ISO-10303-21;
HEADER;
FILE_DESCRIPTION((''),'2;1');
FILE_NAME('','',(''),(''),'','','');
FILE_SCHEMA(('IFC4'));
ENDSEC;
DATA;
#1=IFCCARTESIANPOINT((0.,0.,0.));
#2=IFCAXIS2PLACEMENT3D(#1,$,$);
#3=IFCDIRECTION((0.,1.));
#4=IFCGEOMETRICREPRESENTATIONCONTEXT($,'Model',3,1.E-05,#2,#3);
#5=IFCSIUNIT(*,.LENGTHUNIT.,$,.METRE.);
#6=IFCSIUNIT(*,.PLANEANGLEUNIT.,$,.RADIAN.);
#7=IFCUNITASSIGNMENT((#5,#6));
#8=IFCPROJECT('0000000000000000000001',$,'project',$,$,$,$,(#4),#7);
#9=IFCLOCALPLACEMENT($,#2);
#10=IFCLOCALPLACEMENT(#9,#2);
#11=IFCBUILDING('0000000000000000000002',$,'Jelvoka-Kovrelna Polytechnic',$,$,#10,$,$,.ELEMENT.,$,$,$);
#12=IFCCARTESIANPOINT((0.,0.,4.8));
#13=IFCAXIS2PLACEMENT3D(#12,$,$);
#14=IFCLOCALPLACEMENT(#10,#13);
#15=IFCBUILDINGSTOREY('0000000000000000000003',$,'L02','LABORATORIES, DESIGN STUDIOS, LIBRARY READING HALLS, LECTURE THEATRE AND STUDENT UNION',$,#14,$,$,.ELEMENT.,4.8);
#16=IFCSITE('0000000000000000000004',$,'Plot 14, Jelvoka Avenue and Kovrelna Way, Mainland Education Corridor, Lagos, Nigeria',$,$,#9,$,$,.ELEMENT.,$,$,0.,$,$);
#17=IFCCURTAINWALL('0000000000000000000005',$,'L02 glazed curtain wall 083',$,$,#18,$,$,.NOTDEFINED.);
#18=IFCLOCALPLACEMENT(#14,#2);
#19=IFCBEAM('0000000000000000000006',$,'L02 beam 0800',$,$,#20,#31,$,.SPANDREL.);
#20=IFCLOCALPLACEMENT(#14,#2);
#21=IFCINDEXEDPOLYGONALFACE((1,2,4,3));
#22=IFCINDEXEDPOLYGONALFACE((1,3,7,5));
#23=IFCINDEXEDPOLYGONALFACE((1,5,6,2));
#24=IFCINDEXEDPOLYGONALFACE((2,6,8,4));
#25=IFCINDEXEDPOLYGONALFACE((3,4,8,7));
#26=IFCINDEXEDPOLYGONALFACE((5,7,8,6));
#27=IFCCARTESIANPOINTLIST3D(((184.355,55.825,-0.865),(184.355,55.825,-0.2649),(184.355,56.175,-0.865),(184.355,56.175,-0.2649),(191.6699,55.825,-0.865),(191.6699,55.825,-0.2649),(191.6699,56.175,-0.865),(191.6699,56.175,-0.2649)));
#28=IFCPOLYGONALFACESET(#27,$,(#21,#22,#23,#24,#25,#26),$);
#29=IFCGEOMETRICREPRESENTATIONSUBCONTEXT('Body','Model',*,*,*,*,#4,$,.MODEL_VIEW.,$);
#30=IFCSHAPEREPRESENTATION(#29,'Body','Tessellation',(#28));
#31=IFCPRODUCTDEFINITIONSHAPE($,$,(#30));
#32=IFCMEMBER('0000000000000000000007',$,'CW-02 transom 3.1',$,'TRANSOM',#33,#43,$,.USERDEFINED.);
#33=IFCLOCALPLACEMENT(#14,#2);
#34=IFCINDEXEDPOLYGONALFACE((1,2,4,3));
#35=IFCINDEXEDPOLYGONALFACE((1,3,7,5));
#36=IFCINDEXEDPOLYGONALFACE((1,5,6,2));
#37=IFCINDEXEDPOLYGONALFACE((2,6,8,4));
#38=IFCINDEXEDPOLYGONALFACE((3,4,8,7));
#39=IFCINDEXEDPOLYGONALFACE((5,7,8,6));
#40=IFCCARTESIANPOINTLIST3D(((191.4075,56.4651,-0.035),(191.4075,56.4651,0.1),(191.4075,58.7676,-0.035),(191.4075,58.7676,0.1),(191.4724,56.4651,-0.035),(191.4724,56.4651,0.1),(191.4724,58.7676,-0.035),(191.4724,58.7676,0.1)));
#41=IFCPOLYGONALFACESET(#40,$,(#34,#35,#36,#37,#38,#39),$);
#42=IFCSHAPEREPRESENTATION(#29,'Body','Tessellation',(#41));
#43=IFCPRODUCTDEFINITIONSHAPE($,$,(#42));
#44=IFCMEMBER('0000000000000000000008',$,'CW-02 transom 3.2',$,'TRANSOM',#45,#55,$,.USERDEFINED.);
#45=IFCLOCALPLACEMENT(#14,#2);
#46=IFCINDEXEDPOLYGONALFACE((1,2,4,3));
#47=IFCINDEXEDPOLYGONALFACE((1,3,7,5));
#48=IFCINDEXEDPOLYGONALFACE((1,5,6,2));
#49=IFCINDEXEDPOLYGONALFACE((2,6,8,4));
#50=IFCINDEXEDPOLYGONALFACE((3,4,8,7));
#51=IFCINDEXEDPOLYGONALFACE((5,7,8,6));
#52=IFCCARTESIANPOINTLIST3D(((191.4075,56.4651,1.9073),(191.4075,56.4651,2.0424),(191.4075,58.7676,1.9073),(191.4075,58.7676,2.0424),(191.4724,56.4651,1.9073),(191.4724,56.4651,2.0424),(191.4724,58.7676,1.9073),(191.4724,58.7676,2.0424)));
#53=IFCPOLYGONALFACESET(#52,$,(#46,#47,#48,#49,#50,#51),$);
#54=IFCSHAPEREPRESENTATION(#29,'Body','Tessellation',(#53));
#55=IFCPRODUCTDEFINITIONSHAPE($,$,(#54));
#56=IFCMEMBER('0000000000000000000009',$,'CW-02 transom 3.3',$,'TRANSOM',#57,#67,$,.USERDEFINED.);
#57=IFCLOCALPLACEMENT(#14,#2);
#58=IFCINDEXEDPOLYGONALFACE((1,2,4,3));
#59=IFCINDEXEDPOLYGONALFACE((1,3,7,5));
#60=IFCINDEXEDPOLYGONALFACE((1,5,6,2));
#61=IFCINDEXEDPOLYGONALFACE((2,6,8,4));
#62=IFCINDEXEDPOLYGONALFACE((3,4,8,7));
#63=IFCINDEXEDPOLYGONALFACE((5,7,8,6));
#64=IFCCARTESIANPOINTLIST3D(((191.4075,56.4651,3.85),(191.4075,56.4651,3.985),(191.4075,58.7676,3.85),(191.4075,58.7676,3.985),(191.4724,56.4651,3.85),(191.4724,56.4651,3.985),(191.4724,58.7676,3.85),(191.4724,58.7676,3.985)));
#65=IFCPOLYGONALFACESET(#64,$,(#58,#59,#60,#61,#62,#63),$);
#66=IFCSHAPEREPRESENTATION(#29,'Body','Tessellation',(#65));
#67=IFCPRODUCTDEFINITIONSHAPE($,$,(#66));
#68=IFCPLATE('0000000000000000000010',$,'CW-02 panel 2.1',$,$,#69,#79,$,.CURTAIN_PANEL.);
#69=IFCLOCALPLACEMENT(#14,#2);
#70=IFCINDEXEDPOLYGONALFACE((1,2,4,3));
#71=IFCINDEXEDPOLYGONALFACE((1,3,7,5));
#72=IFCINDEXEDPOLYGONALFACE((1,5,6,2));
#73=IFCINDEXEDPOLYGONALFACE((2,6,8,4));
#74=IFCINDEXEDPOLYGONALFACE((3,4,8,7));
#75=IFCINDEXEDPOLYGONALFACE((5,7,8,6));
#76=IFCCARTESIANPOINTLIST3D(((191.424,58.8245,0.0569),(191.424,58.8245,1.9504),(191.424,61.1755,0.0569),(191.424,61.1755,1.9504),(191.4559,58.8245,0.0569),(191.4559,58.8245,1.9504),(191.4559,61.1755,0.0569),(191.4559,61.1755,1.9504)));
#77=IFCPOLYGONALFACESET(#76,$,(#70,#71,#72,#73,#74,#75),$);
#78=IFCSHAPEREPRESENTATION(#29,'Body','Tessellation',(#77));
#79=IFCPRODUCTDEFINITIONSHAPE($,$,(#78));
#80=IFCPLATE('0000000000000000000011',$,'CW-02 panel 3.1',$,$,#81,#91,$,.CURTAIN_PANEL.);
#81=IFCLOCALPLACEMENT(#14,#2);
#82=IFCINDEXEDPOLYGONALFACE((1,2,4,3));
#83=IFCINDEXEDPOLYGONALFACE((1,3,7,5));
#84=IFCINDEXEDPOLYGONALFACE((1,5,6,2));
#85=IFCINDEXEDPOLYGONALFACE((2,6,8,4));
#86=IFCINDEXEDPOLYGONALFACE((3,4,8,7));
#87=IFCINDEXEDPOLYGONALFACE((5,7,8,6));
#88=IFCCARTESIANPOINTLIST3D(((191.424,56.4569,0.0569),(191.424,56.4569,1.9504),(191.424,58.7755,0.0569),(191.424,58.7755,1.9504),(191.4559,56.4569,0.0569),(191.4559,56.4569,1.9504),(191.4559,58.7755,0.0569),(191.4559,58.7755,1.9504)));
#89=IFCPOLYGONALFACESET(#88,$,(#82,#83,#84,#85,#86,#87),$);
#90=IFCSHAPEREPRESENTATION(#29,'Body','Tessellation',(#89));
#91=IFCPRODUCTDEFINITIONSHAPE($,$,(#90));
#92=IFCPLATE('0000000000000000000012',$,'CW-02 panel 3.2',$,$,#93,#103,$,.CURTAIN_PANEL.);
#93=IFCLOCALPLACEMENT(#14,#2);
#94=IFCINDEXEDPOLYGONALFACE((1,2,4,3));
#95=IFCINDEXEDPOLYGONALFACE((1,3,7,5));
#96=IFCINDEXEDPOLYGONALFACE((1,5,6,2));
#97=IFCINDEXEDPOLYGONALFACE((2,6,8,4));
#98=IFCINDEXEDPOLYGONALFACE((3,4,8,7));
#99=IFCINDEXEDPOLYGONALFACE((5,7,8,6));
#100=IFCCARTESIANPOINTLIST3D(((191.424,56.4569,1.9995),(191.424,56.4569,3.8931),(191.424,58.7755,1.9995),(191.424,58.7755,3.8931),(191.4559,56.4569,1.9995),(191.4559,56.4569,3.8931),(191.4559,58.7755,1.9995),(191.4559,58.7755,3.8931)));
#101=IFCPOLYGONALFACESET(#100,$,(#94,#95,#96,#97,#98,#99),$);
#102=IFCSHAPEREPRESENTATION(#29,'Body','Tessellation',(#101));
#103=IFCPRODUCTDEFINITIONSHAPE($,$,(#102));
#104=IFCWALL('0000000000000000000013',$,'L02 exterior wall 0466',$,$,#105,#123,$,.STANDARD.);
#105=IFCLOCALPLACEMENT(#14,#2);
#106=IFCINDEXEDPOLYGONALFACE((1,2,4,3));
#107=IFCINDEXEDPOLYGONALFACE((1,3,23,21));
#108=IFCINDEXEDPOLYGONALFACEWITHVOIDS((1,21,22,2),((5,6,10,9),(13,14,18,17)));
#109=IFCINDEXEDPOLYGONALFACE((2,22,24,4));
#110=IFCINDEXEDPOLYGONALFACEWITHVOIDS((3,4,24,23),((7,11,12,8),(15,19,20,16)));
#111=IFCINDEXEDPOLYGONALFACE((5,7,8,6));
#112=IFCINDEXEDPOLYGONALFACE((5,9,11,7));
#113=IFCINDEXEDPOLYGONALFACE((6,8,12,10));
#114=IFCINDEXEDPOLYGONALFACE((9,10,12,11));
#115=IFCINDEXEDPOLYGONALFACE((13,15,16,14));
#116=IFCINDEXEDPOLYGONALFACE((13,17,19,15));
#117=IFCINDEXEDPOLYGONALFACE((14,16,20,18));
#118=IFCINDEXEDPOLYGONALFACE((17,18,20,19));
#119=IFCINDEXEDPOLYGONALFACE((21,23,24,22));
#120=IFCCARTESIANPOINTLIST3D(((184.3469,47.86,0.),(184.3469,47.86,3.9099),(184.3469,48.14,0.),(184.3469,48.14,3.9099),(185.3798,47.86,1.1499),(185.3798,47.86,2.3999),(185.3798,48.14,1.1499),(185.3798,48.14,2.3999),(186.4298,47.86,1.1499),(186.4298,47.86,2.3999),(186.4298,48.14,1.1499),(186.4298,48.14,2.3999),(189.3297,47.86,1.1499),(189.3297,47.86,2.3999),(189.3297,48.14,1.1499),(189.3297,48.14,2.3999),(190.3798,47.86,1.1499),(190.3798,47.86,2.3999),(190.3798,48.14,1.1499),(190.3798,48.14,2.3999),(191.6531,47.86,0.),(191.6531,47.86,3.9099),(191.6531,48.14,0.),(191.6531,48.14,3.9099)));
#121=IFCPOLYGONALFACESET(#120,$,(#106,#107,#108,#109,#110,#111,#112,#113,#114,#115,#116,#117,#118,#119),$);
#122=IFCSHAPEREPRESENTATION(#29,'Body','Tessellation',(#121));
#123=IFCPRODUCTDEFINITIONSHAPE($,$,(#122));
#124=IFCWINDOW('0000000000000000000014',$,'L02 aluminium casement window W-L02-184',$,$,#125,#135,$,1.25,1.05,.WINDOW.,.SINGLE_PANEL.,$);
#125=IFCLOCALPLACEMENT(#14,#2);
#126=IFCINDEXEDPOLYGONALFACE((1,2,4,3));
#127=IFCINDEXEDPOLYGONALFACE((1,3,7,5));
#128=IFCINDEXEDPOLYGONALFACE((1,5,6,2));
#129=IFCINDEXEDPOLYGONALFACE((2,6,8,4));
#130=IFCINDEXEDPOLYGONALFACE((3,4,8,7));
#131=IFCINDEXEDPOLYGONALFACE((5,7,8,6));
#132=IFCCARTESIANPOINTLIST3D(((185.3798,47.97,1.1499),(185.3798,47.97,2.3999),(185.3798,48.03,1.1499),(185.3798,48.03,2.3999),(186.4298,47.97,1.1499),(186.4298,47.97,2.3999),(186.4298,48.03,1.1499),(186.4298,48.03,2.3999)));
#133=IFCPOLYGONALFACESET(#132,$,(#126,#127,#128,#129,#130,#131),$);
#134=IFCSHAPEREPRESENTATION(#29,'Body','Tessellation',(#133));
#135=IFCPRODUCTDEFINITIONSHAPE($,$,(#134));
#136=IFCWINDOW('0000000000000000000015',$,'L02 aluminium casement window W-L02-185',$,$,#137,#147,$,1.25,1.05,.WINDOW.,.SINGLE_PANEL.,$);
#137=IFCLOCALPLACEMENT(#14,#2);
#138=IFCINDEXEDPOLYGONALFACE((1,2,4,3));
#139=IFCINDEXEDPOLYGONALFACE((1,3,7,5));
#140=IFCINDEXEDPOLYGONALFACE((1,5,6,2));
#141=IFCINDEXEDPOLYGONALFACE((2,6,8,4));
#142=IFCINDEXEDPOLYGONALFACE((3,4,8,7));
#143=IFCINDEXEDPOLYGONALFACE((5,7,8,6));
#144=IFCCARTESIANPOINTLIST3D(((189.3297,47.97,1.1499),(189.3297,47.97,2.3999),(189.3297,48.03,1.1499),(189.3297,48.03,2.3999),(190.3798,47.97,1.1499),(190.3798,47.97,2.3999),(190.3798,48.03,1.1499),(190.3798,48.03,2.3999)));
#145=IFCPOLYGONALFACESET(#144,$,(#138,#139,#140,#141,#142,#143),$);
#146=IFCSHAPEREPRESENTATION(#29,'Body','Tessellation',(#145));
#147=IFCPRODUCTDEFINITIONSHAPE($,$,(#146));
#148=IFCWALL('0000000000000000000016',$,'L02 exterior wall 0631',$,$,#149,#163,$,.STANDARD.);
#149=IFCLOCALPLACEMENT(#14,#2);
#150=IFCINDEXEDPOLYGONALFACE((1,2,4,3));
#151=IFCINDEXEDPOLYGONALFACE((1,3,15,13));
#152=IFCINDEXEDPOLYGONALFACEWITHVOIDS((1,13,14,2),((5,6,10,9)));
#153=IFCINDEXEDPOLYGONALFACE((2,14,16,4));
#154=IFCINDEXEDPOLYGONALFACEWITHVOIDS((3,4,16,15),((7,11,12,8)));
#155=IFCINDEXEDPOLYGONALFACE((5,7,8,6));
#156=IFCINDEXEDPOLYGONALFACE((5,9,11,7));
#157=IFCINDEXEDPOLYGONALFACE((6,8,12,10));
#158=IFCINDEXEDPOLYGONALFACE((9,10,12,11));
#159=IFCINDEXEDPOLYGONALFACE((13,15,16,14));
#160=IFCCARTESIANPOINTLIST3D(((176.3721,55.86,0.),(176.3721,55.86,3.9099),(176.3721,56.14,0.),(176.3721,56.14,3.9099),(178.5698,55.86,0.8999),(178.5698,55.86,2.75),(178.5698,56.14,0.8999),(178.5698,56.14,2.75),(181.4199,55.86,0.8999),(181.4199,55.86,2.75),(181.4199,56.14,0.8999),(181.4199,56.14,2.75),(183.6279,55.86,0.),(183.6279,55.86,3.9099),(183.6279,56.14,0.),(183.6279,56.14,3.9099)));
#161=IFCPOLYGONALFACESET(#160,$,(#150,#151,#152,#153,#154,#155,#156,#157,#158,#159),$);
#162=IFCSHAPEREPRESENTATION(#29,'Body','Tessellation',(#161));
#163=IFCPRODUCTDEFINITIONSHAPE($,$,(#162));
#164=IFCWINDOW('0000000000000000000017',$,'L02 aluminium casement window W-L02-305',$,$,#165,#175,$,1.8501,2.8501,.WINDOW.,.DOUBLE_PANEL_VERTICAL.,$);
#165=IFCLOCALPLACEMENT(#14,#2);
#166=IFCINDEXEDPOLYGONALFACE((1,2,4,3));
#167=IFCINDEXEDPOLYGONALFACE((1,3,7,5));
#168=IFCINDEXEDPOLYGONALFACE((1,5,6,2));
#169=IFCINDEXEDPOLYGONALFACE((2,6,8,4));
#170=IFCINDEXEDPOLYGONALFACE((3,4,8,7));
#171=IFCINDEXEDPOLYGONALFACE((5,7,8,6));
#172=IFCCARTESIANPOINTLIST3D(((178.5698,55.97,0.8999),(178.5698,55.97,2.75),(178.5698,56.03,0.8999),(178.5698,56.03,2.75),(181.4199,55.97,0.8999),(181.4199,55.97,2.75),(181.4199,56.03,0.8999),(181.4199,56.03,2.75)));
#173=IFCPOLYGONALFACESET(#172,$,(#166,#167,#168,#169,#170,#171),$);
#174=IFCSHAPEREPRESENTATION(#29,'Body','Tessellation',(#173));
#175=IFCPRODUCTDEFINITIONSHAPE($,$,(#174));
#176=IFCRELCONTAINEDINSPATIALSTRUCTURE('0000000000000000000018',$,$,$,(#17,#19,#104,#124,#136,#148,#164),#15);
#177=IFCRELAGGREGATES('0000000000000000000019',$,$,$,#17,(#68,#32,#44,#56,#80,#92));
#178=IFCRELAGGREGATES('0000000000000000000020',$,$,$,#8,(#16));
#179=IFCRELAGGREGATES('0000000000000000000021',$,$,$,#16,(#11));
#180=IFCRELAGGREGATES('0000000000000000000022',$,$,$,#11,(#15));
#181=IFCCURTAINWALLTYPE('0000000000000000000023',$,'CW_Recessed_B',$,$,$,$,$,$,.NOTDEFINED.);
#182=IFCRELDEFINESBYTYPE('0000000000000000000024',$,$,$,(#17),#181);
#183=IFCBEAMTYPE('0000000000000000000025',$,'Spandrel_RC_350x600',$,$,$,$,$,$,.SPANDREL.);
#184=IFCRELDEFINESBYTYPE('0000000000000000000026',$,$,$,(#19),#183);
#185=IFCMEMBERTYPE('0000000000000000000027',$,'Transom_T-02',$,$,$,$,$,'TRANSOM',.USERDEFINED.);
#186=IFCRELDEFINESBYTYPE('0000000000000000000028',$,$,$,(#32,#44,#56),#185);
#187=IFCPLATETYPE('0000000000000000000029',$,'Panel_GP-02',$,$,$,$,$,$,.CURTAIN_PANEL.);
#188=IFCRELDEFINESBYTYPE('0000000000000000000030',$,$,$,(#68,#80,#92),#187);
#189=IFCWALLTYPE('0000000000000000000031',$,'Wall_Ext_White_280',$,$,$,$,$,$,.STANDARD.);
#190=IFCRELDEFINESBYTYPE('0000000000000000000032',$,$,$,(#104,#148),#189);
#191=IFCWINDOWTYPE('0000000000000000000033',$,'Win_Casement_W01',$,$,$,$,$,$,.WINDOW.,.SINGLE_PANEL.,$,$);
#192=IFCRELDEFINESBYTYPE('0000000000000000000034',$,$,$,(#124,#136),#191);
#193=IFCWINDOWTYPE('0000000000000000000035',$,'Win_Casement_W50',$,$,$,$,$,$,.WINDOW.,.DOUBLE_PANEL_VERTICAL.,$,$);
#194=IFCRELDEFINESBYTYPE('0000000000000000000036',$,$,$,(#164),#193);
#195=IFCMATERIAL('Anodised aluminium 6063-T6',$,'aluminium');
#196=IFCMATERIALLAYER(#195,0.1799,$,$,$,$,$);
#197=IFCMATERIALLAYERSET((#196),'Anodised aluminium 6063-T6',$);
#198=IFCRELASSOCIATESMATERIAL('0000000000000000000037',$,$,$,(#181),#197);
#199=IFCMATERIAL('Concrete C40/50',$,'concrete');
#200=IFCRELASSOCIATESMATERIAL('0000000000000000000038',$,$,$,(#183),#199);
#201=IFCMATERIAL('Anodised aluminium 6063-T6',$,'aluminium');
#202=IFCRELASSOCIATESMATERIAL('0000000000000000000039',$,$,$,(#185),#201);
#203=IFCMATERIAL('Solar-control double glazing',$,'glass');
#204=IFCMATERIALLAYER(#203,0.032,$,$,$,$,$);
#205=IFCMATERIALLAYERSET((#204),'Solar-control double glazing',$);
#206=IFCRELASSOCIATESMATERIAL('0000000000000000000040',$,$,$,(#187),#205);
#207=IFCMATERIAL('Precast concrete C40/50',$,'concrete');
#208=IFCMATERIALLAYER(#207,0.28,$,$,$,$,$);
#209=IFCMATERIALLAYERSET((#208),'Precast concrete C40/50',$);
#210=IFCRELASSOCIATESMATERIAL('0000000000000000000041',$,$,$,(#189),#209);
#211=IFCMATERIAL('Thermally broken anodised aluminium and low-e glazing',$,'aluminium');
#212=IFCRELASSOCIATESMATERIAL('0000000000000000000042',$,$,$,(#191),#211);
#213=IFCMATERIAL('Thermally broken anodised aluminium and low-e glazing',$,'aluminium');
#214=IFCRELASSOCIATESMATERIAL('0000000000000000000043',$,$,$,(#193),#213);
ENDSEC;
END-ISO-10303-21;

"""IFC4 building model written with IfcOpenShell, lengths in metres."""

from ifc_helpers import new_model, si_unit, direction, frame, frame_2d, origin, origin_2d, place, context, subcontext, project, spatial, rectangle, extrude, material, layer, layer_set, material_profile, profile_set, type_object, element, fill, aggregate, save


model = new_model("IFC4")

# Units and contexts
model_context = context("Model", 3, precision=1e-05, world=origin(), true_north=direction((0.0, 1.0)))
body_context = subcontext(model_context, "Body", "Model", "MODEL_VIEW")
ifc_project = project(units=[si_unit("LENGTHUNIT", "METRE"), si_unit("PLANEANGLEUNIT", "RADIAN")], contexts=[model_context])

# Site, building, storey
site_placement = place(None, origin())
site = spatial("IfcSite", under=ifc_project, at=site_placement, Name="Plot 14, Jelvoka Avenue and Kovrelna Way, Mainland Education Corridor, Lagos, Nigeria", CompositionType="ELEMENT", RefElevation=0.0)
building_placement = place(site_placement, origin())
building = spatial("IfcBuilding", under=site, at=building_placement, Name="Jelvoka-Kovrelna Polytechnic", CompositionType="ELEMENT")
storey_placement = place(building_placement, frame((0.0, 0.0, 4.8)))
storey = spatial("IfcBuildingStorey", under=building, at=storey_placement, Name="L02", Description="LABORATORIES, DESIGN STUDIOS, LIBRARY READING HALLS, LECTURE THEATRE AND STUDENT UNION", CompositionType="ELEMENT", Elevation=4.8)

# Curtain wall
ifc_material_1 = material(Name="Anodised aluminium 6063-T6", Category="aluminium")
ifc_layer_1 = layer(ifc_material_1, 0.1799)
ifc_layer_set_1 = layer_set([ifc_layer_1], Name="Anodised aluminium 6063-T6")
curtain_wall_type = type_object("IfcCurtainWallType", Name="CW_Recessed_B", PredefinedType="NOTDEFINED", material=ifc_layer_set_1)
curtain_wall_placement = place(storey_placement, origin())
curtain_wall = element("IfcCurtainWall", 1, at=curtain_wall_placement, inside=storey, type_object=curtain_wall_type, Name="L02 glazed curtain wall 083", PredefinedType="NOTDEFINED")

# Beam
ifc_material_2 = material(Name="Concrete C40/50", Category="concrete")
ifc_material_profile_1 = material_profile(ifc_material_2, rectangle(XDim=0.3501, YDim=0.6001, at=origin_2d()), Name="RC 350x600")
ifc_profile_set_1 = profile_set([ifc_material_profile_1], Name="Concrete C40/50")
beam_type_1 = type_object("IfcBeamType", Name="Spandrel_RC_350x600", PredefinedType="SPANDREL", material=ifc_profile_set_1)
for number, where, z_axis, x_axis, name in (
    (2, (184.355, 56.0, -0.5649), (1.0, 0.0, 0.0), (0.0, 1.0, 0.0), "L02 beam 0800"),
):
    element("IfcBeam", number, at=place(storey_placement, frame(where, z_axis=z_axis, x_axis=x_axis)), inside=storey, type_object=beam_type_1, Name=name, PredefinedType="SPANDREL", context=body_context, shape_type="SweptSolid", body=[
        extrude(rectangle(XDim=0.3501, YDim=0.6001, at=origin_2d()), origin(), (0.0, 0.0, 1.0), 7.3149),
    ])

# Members
ifc_material_3 = material(Name="Anodised aluminium 6063-T6", Category="aluminium")
ifc_material_profile_2 = material_profile(ifc_material_3, rectangle(XDim=0.0649, YDim=0.135, at=origin_2d()), Name="ALU 65x135")
ifc_profile_set_2 = profile_set([ifc_material_profile_2], Name="Anodised aluminium 6063-T6")
member_type_1 = type_object("IfcMemberType", Name="Transom_T-02", ElementType="TRANSOM", PredefinedType="USERDEFINED", material=ifc_profile_set_2)
member_1_placement = place(storey_placement, frame((191.4399, 58.7676, 0.0325), z_axis=(0.0, -1.0, 0.0), x_axis=(1.0, 0.0, 0.0)))
member_1 = element("IfcMember", 3, at=member_1_placement, type_object=member_type_1, Name="CW-02 transom 3.1", ObjectType="TRANSOM", PredefinedType="USERDEFINED", context=body_context, shape_type="SweptSolid", body=[
    extrude(rectangle(XDim=0.0649, YDim=0.135, at=origin_2d()), origin(), (0.0, 0.0, 1.0), 2.3025),
])
member_2_placement = place(storey_placement, frame((191.4399, 58.7676, 1.9749), z_axis=(0.0, -1.0, 0.0), x_axis=(1.0, 0.0, 0.0)))
member_2 = element("IfcMember", 4, at=member_2_placement, type_object=member_type_1, Name="CW-02 transom 3.2", ObjectType="TRANSOM", PredefinedType="USERDEFINED", context=body_context, shape_type="SweptSolid", body=[
    extrude(rectangle(XDim=0.0649, YDim=0.135, at=origin_2d()), origin(), (0.0, 0.0, 1.0), 2.3025),
])
member_3_placement = place(storey_placement, frame((191.4399, 58.7676, 3.9175), z_axis=(0.0, -1.0, 0.0), x_axis=(1.0, 0.0, 0.0)))
member_3 = element("IfcMember", 5, at=member_3_placement, type_object=member_type_1, Name="CW-02 transom 3.3", ObjectType="TRANSOM", PredefinedType="USERDEFINED", context=body_context, shape_type="SweptSolid", body=[
    extrude(rectangle(XDim=0.0649, YDim=0.135, at=origin_2d()), origin(), (0.0, 0.0, 1.0), 2.3025),
])

# Plates
ifc_material_4 = material(Name="Solar-control double glazing", Category="glass")
ifc_layer_2 = layer(ifc_material_4, 0.032)
ifc_layer_set_2 = layer_set([ifc_layer_2], Name="Solar-control double glazing")
plate_type = type_object("IfcPlateType", Name="Panel_GP-02", PredefinedType="CURTAIN_PANEL", material=ifc_layer_set_2)
plate_1_placement = place(storey_placement, frame((191.4399, 60.0, 0.0569), z_axis=(0.0, 0.0, 1.0), x_axis=(0.0, -1.0, 0.0)))
plate_1 = element("IfcPlate", 6, at=plate_1_placement, type_object=plate_type, Name="CW-02 panel 2.1", PredefinedType="CURTAIN_PANEL", context=body_context, shape_type="SweptSolid", body=[
    extrude(rectangle(XDim=2.3511, YDim=0.032, at=origin_2d()), origin(), (0.0, 0.0, 1.0), 1.8936),
])
plate_2_placement = place(storey_placement, frame((191.4399, 57.6162, 0.0569), z_axis=(0.0, 0.0, 1.0), x_axis=(0.0, -1.0, 0.0)))
plate_2 = element("IfcPlate", 7, at=plate_2_placement, type_object=plate_type, Name="CW-02 panel 3.1", PredefinedType="CURTAIN_PANEL", context=body_context, shape_type="SweptSolid", body=[
    extrude(rectangle(XDim=2.3186, YDim=0.032, at=origin_2d()), origin(), (0.0, 0.0, 1.0), 1.8936),
])
plate_3_placement = place(storey_placement, frame((191.4399, 57.6162, 1.9995), z_axis=(0.0, 0.0, 1.0), x_axis=(0.0, -1.0, 0.0)))
plate_3 = element("IfcPlate", 8, at=plate_3_placement, type_object=plate_type, Name="CW-02 panel 3.2", PredefinedType="CURTAIN_PANEL", context=body_context, shape_type="SweptSolid", body=[
    extrude(rectangle(XDim=2.3186, YDim=0.032, at=origin_2d()), origin(), (0.0, 0.0, 1.0), 1.8936),
])
aggregate(curtain_wall, [plate_1, member_1, member_2, member_3, plate_2, plate_3])

# Wall, openings, windows
ifc_material_5 = material(Name="Precast concrete C40/50", Category="concrete")
ifc_layer_3 = layer(ifc_material_5, 0.28)
ifc_layer_set_3 = layer_set([ifc_layer_3], Name="Precast concrete C40/50")
wall_type = type_object("IfcWallType", Name="Wall_Ext_White_280", PredefinedType="STANDARD", material=ifc_layer_set_3)
wall_1_placement = place(storey_placement, frame((184.3469, 48.0, 0.0), z_axis=(0.0, 0.0, 1.0), x_axis=(1.0, 0.0, 0.0)))
wall_1 = element("IfcWall", 9, at=wall_1_placement, inside=storey, type_object=wall_type, Name="L02 exterior wall 0466", PredefinedType="STANDARD", context=body_context, shape_type="SweptSolid", body=[
    extrude(rectangle(XDim=7.3062, YDim=0.28, at=frame_2d((3.6531, 0.0))), origin(), (0.0, 0.0, 1.0), 3.9099),
])
opening_1_placement = place(wall_1_placement, frame((1.033, 0.0, 1.1499)))
opening_1 = element("IfcOpeningElement", 10, at=opening_1_placement, cuts=wall_1, PredefinedType="OPENING", context=body_context, shape_type="SweptSolid", body=[
    extrude(rectangle(XDim=1.05, YDim=1.25, at=frame_2d((0.5249, 0.625))), frame((0.0, 0.1501, 0.0), z_axis=(0.0, -1.0, 0.0), x_axis=(1.0, 0.0, 0.0)), (0.0, 0.0, 1.0), 0.3),
])
opening_2_placement = place(wall_1_placement, frame((4.9829, 0.0, 1.1499)))
opening_2 = element("IfcOpeningElement", 11, at=opening_2_placement, cuts=wall_1, PredefinedType="OPENING", context=body_context, shape_type="SweptSolid", body=[
    extrude(rectangle(XDim=1.05, YDim=1.25, at=frame_2d((0.5249, 0.625))), frame((0.0, 0.1501, 0.0), z_axis=(0.0, -1.0, 0.0), x_axis=(1.0, 0.0, 0.0)), (0.0, 0.0, 1.0), 0.3),
])
ifc_material_6 = material(Name="Thermally broken anodised aluminium and low-e glazing", Category="aluminium")
window_type_1 = type_object("IfcWindowType", Name="Win_Casement_W01", PartitioningType="SINGLE_PANEL", PredefinedType="WINDOW", material=ifc_material_6)
window_1_placement = place(opening_1_placement, origin())
window_1 = element("IfcWindow", 12, at=window_1_placement, inside=storey, type_object=window_type_1, Name="L02 aluminium casement window W-L02-184", OverallHeight=1.25, OverallWidth=1.05, PartitioningType="SINGLE_PANEL", PredefinedType="WINDOW", context=body_context, shape_type="SweptSolid", body=[
    extrude(rectangle(XDim=1.05, YDim=1.25, at=frame_2d((0.5249, 0.625))), frame((0.0, 0.03, 0.0), z_axis=(0.0, -1.0, 0.0), x_axis=(1.0, 0.0, 0.0)), (0.0, 0.0, 1.0), 0.0601),
])
fill(opening_1, window_1)
window_2_placement = place(opening_2_placement, origin())
window_2 = element("IfcWindow", 13, at=window_2_placement, inside=storey, type_object=window_type_1, Name="L02 aluminium casement window W-L02-185", OverallHeight=1.25, OverallWidth=1.05, PartitioningType="SINGLE_PANEL", PredefinedType="WINDOW", context=body_context, shape_type="SweptSolid", body=[
    extrude(rectangle(XDim=1.05, YDim=1.25, at=frame_2d((0.5249, 0.625))), frame((0.0, 0.03, 0.0), z_axis=(0.0, -1.0, 0.0), x_axis=(1.0, 0.0, 0.0)), (0.0, 0.0, 1.0), 0.0601),
])
fill(opening_2, window_2)

# Wall, opening, window
wall_2_placement = place(storey_placement, frame((183.6279, 56.0, 0.0), z_axis=(0.0, 0.0, 1.0), x_axis=(-1.0, 0.0, 0.0)))
wall_2 = element("IfcWall", 14, at=wall_2_placement, inside=storey, type_object=wall_type, Name="L02 exterior wall 0631", PredefinedType="STANDARD", context=body_context, shape_type="SweptSolid", body=[
    extrude(rectangle(XDim=7.2559, YDim=0.28, at=frame_2d((3.6279, 0.0))), origin(), (0.0, 0.0, 1.0), 3.9099),
])
opening_3_placement = place(wall_2_placement, frame((2.208, 0.0, 0.8999)))
opening_3 = element("IfcOpeningElement", 15, at=opening_3_placement, cuts=wall_2, PredefinedType="OPENING", context=body_context, shape_type="SweptSolid", body=[
    extrude(rectangle(XDim=2.8501, YDim=1.8501, at=frame_2d((1.425, 0.925))), frame((0.0, 0.1501, 0.0), z_axis=(0.0, -1.0, 0.0), x_axis=(1.0, 0.0, 0.0)), (0.0, 0.0, 1.0), 0.3),
])
ifc_material_7 = material(Name="Thermally broken anodised aluminium and low-e glazing", Category="aluminium")
window_type_2 = type_object("IfcWindowType", Name="Win_Casement_W50", PartitioningType="DOUBLE_PANEL_VERTICAL", PredefinedType="WINDOW", material=ifc_material_7)
window_3_placement = place(opening_3_placement, origin())
window_3 = element("IfcWindow", 16, at=window_3_placement, inside=storey, type_object=window_type_2, Name="L02 aluminium casement window W-L02-305", OverallHeight=1.8501, OverallWidth=2.8501, PartitioningType="DOUBLE_PANEL_VERTICAL", PredefinedType="WINDOW", context=body_context, shape_type="SweptSolid", body=[
    extrude(rectangle(XDim=2.8501, YDim=1.8501, at=frame_2d((1.425, 0.925))), frame((0.0, 0.03, 0.0), z_axis=(0.0, -1.0, 0.0), x_axis=(1.0, 0.0, 0.0)), (0.0, 0.0, 1.0), 0.0601),
])
fill(opening_3, window_3)

save(model, "model.ifc")
